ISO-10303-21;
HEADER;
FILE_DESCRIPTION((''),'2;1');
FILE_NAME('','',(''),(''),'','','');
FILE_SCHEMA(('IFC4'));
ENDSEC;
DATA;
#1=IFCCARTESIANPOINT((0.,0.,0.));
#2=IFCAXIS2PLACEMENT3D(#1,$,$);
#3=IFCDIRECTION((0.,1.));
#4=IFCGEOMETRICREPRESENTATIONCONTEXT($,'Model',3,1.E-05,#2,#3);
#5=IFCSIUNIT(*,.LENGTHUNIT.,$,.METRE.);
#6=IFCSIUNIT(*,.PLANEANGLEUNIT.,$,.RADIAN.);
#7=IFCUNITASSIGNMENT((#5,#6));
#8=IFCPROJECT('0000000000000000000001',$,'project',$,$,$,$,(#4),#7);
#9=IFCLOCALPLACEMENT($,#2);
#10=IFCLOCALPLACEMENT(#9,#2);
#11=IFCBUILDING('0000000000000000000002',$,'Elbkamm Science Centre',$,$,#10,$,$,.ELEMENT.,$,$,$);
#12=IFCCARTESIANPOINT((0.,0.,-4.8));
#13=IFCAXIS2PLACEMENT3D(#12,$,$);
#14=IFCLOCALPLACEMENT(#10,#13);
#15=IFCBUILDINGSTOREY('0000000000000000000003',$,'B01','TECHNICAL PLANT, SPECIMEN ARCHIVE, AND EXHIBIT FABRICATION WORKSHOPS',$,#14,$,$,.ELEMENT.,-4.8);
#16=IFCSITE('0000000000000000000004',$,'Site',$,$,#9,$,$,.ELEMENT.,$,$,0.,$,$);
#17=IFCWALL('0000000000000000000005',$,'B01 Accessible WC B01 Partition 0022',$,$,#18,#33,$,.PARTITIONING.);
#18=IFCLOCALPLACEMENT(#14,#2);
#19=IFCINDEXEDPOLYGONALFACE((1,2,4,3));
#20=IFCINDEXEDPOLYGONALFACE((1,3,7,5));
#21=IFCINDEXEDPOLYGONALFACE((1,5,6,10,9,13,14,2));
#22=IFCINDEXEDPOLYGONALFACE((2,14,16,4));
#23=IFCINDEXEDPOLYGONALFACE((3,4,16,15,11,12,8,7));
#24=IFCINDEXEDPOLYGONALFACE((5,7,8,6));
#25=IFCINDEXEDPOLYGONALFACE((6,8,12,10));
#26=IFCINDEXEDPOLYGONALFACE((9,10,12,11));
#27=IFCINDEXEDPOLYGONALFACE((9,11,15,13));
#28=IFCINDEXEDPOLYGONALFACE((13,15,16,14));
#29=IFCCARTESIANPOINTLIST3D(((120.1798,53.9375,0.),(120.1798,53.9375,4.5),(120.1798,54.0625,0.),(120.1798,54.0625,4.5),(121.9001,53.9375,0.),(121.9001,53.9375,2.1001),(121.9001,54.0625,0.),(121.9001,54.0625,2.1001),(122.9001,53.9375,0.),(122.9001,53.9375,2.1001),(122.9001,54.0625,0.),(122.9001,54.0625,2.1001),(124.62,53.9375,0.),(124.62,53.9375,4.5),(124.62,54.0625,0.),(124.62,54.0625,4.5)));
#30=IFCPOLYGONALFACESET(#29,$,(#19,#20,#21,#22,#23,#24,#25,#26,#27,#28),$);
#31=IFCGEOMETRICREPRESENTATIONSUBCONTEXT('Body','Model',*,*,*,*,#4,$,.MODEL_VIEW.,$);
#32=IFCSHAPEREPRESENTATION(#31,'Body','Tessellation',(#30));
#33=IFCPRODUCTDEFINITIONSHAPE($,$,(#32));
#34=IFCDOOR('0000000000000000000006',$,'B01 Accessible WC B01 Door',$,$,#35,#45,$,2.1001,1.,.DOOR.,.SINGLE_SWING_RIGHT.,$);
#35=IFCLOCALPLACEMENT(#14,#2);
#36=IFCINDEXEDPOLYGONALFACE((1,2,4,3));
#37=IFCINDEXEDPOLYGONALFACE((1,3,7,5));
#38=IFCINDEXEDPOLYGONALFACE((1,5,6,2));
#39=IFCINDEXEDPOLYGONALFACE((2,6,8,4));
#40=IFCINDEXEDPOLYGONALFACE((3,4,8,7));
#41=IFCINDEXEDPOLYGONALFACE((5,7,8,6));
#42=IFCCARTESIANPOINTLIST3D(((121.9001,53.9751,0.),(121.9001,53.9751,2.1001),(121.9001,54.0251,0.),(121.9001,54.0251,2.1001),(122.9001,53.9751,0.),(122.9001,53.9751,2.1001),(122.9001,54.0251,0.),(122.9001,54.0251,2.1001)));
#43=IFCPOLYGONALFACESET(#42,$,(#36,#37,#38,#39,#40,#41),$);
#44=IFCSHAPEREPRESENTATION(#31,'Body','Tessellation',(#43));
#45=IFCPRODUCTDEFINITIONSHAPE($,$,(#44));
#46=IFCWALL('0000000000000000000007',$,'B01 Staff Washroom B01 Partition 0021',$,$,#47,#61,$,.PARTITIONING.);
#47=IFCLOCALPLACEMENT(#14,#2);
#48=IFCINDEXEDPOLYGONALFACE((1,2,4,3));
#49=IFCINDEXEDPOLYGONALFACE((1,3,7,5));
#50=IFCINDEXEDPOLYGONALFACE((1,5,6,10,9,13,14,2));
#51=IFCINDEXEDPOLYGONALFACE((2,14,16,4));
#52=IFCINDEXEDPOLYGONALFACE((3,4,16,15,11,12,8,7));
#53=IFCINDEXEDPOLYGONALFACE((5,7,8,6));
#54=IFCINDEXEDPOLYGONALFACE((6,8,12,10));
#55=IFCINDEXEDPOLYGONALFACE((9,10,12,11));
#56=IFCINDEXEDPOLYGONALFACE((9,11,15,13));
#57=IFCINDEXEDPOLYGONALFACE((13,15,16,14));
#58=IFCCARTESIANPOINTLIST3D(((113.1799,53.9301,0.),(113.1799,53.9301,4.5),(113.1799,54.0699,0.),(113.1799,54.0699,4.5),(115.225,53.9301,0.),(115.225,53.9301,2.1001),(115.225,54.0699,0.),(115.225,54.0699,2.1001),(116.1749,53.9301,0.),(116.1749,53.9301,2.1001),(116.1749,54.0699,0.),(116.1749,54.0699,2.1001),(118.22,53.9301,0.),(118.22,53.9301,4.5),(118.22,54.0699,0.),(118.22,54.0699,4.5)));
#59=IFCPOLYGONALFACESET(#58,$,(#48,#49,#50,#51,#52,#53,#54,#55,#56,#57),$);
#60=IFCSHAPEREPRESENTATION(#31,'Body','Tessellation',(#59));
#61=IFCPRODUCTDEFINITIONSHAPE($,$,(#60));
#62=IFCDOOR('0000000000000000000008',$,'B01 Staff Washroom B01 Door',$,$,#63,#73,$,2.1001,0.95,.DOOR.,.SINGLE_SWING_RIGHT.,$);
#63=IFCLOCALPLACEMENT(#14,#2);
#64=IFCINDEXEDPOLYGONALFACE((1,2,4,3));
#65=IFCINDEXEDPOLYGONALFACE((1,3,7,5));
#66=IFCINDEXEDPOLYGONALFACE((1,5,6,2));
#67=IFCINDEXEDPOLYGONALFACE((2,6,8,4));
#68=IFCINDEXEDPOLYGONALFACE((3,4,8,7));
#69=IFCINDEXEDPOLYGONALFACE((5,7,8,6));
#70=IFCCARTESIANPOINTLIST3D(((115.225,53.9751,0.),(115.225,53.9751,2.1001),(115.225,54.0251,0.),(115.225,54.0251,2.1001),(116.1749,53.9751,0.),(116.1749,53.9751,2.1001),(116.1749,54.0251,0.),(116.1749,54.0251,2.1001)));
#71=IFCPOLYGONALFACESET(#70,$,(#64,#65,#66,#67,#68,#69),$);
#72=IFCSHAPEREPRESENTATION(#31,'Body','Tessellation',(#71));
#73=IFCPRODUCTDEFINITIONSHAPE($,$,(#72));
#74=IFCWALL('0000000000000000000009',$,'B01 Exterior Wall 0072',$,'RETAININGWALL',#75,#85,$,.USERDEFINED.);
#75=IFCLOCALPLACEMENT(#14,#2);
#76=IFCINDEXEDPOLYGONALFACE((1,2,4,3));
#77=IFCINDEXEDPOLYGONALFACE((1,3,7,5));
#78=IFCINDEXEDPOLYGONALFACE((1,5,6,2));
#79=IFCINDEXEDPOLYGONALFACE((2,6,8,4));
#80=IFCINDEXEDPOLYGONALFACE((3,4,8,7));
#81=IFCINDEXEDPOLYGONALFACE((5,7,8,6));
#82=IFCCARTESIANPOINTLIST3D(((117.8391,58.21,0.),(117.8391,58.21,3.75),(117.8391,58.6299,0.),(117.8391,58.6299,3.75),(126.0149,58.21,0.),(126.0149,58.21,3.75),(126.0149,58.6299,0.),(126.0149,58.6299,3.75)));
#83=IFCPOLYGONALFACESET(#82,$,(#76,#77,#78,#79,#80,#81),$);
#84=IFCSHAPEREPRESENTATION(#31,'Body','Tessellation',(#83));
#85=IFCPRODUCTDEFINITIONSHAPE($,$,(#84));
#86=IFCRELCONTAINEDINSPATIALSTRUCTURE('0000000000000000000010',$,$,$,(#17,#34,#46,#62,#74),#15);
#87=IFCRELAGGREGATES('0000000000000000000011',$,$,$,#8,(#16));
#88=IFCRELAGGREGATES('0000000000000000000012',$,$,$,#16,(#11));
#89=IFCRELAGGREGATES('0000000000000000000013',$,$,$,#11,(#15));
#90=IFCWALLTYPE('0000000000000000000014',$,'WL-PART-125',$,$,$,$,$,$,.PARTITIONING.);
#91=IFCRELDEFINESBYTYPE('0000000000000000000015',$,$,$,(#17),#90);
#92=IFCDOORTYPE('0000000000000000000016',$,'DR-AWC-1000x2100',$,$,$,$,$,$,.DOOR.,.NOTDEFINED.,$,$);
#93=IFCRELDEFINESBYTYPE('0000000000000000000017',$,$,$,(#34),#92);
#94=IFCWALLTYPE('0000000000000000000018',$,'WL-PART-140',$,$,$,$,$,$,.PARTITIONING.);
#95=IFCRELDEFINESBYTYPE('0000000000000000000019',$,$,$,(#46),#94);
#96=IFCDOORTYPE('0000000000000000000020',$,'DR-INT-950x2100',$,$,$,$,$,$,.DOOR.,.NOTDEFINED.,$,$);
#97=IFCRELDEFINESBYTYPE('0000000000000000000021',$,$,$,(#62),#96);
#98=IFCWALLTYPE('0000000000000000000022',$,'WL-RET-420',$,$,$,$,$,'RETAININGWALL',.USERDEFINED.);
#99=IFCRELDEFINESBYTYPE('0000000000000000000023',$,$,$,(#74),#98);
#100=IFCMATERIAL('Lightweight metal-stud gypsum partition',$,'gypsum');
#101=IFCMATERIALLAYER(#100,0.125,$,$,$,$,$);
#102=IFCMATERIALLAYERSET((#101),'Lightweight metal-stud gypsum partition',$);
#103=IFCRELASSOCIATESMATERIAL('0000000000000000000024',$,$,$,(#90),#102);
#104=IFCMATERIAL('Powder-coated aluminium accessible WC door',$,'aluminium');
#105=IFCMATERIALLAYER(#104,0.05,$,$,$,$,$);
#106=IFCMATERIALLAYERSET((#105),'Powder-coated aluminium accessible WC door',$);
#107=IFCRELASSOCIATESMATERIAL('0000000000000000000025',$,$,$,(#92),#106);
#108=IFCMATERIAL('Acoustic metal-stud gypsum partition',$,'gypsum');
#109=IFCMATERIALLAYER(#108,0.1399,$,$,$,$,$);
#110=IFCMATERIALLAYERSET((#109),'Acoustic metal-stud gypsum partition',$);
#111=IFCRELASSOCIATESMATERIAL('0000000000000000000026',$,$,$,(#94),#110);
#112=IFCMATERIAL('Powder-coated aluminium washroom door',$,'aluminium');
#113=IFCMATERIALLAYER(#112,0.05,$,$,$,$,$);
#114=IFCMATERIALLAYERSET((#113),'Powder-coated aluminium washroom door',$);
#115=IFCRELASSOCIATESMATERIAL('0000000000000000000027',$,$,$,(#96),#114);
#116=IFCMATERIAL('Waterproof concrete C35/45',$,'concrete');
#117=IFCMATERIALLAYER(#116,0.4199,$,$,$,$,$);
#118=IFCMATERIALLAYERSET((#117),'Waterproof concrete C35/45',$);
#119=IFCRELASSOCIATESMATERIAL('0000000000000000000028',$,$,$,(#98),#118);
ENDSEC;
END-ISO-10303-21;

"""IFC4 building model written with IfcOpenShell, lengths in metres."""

from ifc_helpers import new_model, si_unit, direction, frame, frame_2d, origin, place, context, subcontext, project, spatial, rectangle, extrude, material, layer, layer_set, type_object, element, fill, save


model = new_model("IFC4")

# Units and contexts
model_context = context("Model", 3, precision=1e-05, world=origin(), true_north=direction((0.0, 1.0)))
body_context = subcontext(model_context, "Body", "Model", "MODEL_VIEW")
ifc_project = project(units=[si_unit("LENGTHUNIT", "METRE"), si_unit("PLANEANGLEUNIT", "RADIAN")], contexts=[model_context])

# Site, building, storey
site_placement = place(None, origin())
site = spatial("IfcSite", under=ifc_project, at=site_placement, Name="Site", CompositionType="ELEMENT", RefElevation=0.0)
building_placement = place(site_placement, origin())
building = spatial("IfcBuilding", under=site, at=building_placement, Name="Elbkamm Science Centre", CompositionType="ELEMENT")
storey_placement = place(building_placement, frame((0.0, 0.0, -4.8)))
storey = spatial("IfcBuildingStorey", under=building, at=storey_placement, Name="B01", Description="TECHNICAL PLANT, SPECIMEN ARCHIVE, AND EXHIBIT FABRICATION WORKSHOPS", CompositionType="ELEMENT", Elevation=-4.8)

# Walls, openings, doors
ifc_material_1 = material(Name="Lightweight metal-stud gypsum partition", Category="gypsum")
ifc_layer_1 = layer(ifc_material_1, 0.125)
ifc_layer_set_1 = layer_set([ifc_layer_1], Name="Lightweight metal-stud gypsum partition")
wall_type_1 = type_object("IfcWallType", Name="WL-PART-125", PredefinedType="PARTITIONING", material=ifc_layer_set_1)
wall_1_placement = place(storey_placement, frame((124.6201, 54.0, 0.0), z_axis=(0.0, 0.0, 1.0), x_axis=(-1.0, 0.0, 0.0)))
wall_1 = element("IfcWall", 1, at=wall_1_placement, inside=storey, type_object=wall_type_1, Name="B01 Accessible WC B01 Partition 0022", PredefinedType="PARTITIONING", context=body_context, shape_type="SweptSolid", body=[
    extrude(rectangle(XDim=4.4402, YDim=0.125, at=frame_2d((2.2202, 0.0))), origin(), (0.0, 0.0, 1.0), 4.5),
])
opening_1_placement = place(wall_1_placement, frame((1.72, 0.0, 0.0)))
opening_1 = element("IfcOpeningElement", 2, at=opening_1_placement, cuts=wall_1, PredefinedType="OPENING", context=body_context, shape_type="SweptSolid", body=[
    extrude(rectangle(XDim=1.0, YDim=2.1001, at=frame_2d((0.5, 1.05))), frame((0.0, 0.0745, 0.0), z_axis=(0.0, -1.0, 0.0), x_axis=(1.0, 0.0, 0.0)), (0.0, 0.0, 1.0), 0.1489),
])
ifc_material_2 = material(Name="Powder-coated aluminium accessible WC door", Category="aluminium")
ifc_layer_2 = layer(ifc_material_2, 0.05)
ifc_layer_set_2 = layer_set([ifc_layer_2], Name="Powder-coated aluminium accessible WC door")
door_type_1 = type_object("IfcDoorType", Name="DR-AWC-1000x2100", OperationType="NOTDEFINED", PredefinedType="DOOR", material=ifc_layer_set_2)
door_1_placement = place(opening_1_placement, origin())
door_1 = element("IfcDoor", 3, at=door_1_placement, inside=storey, type_object=door_type_1, Name="B01 Accessible WC B01 Door", OperationType="SINGLE_SWING_RIGHT", OverallHeight=2.1001, OverallWidth=1.0, PredefinedType="DOOR", context=body_context, shape_type="SweptSolid", body=[
    extrude(rectangle(XDim=1.0, YDim=2.1001, at=frame_2d((0.5, 1.05))), frame((0.0, 0.0249, 0.0), z_axis=(0.0, -1.0, 0.0), x_axis=(1.0, 0.0, 0.0)), (0.0, 0.0, 1.0), 0.05),
])
fill(opening_1, door_1)
ifc_material_3 = material(Name="Acoustic metal-stud gypsum partition", Category="gypsum")
ifc_layer_3 = layer(ifc_material_3, 0.1399)
ifc_layer_set_3 = layer_set([ifc_layer_3], Name="Acoustic metal-stud gypsum partition")
wall_type_2 = type_object("IfcWallType", Name="WL-PART-140", PredefinedType="PARTITIONING", material=ifc_layer_set_3)
wall_2_placement = place(storey_placement, frame((118.22, 54.0, 0.0), z_axis=(0.0, 0.0, 1.0), x_axis=(-1.0, 0.0, 0.0)))
wall_2 = element("IfcWall", 4, at=wall_2_placement, inside=storey, type_object=wall_type_2, Name="B01 Staff Washroom B01 Partition 0021", PredefinedType="PARTITIONING", context=body_context, shape_type="SweptSolid", body=[
    extrude(rectangle(XDim=5.04, YDim=0.1399, at=frame_2d((2.52, 0.0))), origin(), (0.0, 0.0, 1.0), 4.5),
])
opening_2_placement = place(wall_2_placement, frame((2.0449, 0.0, 0.0)))
opening_2 = element("IfcOpeningElement", 5, at=opening_2_placement, cuts=wall_2, PredefinedType="OPENING", context=body_context, shape_type="SweptSolid", body=[
    extrude(rectangle(XDim=0.95, YDim=2.1001, at=frame_2d((0.4751, 1.05))), frame((0.0, 0.082, 0.0), z_axis=(0.0, -1.0, 0.0), x_axis=(1.0, 0.0, 0.0)), (0.0, 0.0, 1.0), 0.1638),
])
ifc_material_4 = material(Name="Powder-coated aluminium washroom door", Category="aluminium")
ifc_layer_4 = layer(ifc_material_4, 0.05)
ifc_layer_set_4 = layer_set([ifc_layer_4], Name="Powder-coated aluminium washroom door")
door_type_2 = type_object("IfcDoorType", Name="DR-INT-950x2100", OperationType="NOTDEFINED", PredefinedType="DOOR", material=ifc_layer_set_4)
door_2_placement = place(opening_2_placement, origin())
door_2 = element("IfcDoor", 6, at=door_2_placement, inside=storey, type_object=door_type_2, Name="B01 Staff Washroom B01 Door", OperationType="SINGLE_SWING_RIGHT", OverallHeight=2.1001, OverallWidth=0.95, PredefinedType="DOOR", context=body_context, shape_type="SweptSolid", body=[
    extrude(rectangle(XDim=0.95, YDim=2.1001, at=frame_2d((0.4751, 1.05))), frame((0.0, 0.0249, 0.0), z_axis=(0.0, -1.0, 0.0), x_axis=(1.0, 0.0, 0.0)), (0.0, 0.0, 1.0), 0.05),
])
fill(opening_2, door_2)

# Wall
ifc_material_5 = material(Name="Waterproof concrete C35/45", Category="concrete")
ifc_layer_5 = layer(ifc_material_5, 0.4199)
ifc_layer_set_5 = layer_set([ifc_layer_5], Name="Waterproof concrete C35/45")
wall_type_3 = type_object("IfcWallType", Name="WL-RET-420", ElementType="RETAININGWALL", PredefinedType="USERDEFINED", material=ifc_layer_set_5)
wall_3_placement = place(storey_placement, frame((117.8391, 58.4199, 0.0), z_axis=(0.0, 0.0, 1.0), x_axis=(1.0, 0.0, 0.0)))
element("IfcWall", 7, at=wall_3_placement, inside=storey, type_object=wall_type_3, Name="B01 Exterior Wall 0072", ObjectType="RETAININGWALL", PredefinedType="USERDEFINED", context=body_context, shape_type="SweptSolid", body=[
    extrude(rectangle(XDim=8.1758, YDim=0.4199, at=frame_2d((4.0879, 0.0))), origin(), (0.0, 0.0, 1.0), 3.75),
])

save(model, "model.ifc")
